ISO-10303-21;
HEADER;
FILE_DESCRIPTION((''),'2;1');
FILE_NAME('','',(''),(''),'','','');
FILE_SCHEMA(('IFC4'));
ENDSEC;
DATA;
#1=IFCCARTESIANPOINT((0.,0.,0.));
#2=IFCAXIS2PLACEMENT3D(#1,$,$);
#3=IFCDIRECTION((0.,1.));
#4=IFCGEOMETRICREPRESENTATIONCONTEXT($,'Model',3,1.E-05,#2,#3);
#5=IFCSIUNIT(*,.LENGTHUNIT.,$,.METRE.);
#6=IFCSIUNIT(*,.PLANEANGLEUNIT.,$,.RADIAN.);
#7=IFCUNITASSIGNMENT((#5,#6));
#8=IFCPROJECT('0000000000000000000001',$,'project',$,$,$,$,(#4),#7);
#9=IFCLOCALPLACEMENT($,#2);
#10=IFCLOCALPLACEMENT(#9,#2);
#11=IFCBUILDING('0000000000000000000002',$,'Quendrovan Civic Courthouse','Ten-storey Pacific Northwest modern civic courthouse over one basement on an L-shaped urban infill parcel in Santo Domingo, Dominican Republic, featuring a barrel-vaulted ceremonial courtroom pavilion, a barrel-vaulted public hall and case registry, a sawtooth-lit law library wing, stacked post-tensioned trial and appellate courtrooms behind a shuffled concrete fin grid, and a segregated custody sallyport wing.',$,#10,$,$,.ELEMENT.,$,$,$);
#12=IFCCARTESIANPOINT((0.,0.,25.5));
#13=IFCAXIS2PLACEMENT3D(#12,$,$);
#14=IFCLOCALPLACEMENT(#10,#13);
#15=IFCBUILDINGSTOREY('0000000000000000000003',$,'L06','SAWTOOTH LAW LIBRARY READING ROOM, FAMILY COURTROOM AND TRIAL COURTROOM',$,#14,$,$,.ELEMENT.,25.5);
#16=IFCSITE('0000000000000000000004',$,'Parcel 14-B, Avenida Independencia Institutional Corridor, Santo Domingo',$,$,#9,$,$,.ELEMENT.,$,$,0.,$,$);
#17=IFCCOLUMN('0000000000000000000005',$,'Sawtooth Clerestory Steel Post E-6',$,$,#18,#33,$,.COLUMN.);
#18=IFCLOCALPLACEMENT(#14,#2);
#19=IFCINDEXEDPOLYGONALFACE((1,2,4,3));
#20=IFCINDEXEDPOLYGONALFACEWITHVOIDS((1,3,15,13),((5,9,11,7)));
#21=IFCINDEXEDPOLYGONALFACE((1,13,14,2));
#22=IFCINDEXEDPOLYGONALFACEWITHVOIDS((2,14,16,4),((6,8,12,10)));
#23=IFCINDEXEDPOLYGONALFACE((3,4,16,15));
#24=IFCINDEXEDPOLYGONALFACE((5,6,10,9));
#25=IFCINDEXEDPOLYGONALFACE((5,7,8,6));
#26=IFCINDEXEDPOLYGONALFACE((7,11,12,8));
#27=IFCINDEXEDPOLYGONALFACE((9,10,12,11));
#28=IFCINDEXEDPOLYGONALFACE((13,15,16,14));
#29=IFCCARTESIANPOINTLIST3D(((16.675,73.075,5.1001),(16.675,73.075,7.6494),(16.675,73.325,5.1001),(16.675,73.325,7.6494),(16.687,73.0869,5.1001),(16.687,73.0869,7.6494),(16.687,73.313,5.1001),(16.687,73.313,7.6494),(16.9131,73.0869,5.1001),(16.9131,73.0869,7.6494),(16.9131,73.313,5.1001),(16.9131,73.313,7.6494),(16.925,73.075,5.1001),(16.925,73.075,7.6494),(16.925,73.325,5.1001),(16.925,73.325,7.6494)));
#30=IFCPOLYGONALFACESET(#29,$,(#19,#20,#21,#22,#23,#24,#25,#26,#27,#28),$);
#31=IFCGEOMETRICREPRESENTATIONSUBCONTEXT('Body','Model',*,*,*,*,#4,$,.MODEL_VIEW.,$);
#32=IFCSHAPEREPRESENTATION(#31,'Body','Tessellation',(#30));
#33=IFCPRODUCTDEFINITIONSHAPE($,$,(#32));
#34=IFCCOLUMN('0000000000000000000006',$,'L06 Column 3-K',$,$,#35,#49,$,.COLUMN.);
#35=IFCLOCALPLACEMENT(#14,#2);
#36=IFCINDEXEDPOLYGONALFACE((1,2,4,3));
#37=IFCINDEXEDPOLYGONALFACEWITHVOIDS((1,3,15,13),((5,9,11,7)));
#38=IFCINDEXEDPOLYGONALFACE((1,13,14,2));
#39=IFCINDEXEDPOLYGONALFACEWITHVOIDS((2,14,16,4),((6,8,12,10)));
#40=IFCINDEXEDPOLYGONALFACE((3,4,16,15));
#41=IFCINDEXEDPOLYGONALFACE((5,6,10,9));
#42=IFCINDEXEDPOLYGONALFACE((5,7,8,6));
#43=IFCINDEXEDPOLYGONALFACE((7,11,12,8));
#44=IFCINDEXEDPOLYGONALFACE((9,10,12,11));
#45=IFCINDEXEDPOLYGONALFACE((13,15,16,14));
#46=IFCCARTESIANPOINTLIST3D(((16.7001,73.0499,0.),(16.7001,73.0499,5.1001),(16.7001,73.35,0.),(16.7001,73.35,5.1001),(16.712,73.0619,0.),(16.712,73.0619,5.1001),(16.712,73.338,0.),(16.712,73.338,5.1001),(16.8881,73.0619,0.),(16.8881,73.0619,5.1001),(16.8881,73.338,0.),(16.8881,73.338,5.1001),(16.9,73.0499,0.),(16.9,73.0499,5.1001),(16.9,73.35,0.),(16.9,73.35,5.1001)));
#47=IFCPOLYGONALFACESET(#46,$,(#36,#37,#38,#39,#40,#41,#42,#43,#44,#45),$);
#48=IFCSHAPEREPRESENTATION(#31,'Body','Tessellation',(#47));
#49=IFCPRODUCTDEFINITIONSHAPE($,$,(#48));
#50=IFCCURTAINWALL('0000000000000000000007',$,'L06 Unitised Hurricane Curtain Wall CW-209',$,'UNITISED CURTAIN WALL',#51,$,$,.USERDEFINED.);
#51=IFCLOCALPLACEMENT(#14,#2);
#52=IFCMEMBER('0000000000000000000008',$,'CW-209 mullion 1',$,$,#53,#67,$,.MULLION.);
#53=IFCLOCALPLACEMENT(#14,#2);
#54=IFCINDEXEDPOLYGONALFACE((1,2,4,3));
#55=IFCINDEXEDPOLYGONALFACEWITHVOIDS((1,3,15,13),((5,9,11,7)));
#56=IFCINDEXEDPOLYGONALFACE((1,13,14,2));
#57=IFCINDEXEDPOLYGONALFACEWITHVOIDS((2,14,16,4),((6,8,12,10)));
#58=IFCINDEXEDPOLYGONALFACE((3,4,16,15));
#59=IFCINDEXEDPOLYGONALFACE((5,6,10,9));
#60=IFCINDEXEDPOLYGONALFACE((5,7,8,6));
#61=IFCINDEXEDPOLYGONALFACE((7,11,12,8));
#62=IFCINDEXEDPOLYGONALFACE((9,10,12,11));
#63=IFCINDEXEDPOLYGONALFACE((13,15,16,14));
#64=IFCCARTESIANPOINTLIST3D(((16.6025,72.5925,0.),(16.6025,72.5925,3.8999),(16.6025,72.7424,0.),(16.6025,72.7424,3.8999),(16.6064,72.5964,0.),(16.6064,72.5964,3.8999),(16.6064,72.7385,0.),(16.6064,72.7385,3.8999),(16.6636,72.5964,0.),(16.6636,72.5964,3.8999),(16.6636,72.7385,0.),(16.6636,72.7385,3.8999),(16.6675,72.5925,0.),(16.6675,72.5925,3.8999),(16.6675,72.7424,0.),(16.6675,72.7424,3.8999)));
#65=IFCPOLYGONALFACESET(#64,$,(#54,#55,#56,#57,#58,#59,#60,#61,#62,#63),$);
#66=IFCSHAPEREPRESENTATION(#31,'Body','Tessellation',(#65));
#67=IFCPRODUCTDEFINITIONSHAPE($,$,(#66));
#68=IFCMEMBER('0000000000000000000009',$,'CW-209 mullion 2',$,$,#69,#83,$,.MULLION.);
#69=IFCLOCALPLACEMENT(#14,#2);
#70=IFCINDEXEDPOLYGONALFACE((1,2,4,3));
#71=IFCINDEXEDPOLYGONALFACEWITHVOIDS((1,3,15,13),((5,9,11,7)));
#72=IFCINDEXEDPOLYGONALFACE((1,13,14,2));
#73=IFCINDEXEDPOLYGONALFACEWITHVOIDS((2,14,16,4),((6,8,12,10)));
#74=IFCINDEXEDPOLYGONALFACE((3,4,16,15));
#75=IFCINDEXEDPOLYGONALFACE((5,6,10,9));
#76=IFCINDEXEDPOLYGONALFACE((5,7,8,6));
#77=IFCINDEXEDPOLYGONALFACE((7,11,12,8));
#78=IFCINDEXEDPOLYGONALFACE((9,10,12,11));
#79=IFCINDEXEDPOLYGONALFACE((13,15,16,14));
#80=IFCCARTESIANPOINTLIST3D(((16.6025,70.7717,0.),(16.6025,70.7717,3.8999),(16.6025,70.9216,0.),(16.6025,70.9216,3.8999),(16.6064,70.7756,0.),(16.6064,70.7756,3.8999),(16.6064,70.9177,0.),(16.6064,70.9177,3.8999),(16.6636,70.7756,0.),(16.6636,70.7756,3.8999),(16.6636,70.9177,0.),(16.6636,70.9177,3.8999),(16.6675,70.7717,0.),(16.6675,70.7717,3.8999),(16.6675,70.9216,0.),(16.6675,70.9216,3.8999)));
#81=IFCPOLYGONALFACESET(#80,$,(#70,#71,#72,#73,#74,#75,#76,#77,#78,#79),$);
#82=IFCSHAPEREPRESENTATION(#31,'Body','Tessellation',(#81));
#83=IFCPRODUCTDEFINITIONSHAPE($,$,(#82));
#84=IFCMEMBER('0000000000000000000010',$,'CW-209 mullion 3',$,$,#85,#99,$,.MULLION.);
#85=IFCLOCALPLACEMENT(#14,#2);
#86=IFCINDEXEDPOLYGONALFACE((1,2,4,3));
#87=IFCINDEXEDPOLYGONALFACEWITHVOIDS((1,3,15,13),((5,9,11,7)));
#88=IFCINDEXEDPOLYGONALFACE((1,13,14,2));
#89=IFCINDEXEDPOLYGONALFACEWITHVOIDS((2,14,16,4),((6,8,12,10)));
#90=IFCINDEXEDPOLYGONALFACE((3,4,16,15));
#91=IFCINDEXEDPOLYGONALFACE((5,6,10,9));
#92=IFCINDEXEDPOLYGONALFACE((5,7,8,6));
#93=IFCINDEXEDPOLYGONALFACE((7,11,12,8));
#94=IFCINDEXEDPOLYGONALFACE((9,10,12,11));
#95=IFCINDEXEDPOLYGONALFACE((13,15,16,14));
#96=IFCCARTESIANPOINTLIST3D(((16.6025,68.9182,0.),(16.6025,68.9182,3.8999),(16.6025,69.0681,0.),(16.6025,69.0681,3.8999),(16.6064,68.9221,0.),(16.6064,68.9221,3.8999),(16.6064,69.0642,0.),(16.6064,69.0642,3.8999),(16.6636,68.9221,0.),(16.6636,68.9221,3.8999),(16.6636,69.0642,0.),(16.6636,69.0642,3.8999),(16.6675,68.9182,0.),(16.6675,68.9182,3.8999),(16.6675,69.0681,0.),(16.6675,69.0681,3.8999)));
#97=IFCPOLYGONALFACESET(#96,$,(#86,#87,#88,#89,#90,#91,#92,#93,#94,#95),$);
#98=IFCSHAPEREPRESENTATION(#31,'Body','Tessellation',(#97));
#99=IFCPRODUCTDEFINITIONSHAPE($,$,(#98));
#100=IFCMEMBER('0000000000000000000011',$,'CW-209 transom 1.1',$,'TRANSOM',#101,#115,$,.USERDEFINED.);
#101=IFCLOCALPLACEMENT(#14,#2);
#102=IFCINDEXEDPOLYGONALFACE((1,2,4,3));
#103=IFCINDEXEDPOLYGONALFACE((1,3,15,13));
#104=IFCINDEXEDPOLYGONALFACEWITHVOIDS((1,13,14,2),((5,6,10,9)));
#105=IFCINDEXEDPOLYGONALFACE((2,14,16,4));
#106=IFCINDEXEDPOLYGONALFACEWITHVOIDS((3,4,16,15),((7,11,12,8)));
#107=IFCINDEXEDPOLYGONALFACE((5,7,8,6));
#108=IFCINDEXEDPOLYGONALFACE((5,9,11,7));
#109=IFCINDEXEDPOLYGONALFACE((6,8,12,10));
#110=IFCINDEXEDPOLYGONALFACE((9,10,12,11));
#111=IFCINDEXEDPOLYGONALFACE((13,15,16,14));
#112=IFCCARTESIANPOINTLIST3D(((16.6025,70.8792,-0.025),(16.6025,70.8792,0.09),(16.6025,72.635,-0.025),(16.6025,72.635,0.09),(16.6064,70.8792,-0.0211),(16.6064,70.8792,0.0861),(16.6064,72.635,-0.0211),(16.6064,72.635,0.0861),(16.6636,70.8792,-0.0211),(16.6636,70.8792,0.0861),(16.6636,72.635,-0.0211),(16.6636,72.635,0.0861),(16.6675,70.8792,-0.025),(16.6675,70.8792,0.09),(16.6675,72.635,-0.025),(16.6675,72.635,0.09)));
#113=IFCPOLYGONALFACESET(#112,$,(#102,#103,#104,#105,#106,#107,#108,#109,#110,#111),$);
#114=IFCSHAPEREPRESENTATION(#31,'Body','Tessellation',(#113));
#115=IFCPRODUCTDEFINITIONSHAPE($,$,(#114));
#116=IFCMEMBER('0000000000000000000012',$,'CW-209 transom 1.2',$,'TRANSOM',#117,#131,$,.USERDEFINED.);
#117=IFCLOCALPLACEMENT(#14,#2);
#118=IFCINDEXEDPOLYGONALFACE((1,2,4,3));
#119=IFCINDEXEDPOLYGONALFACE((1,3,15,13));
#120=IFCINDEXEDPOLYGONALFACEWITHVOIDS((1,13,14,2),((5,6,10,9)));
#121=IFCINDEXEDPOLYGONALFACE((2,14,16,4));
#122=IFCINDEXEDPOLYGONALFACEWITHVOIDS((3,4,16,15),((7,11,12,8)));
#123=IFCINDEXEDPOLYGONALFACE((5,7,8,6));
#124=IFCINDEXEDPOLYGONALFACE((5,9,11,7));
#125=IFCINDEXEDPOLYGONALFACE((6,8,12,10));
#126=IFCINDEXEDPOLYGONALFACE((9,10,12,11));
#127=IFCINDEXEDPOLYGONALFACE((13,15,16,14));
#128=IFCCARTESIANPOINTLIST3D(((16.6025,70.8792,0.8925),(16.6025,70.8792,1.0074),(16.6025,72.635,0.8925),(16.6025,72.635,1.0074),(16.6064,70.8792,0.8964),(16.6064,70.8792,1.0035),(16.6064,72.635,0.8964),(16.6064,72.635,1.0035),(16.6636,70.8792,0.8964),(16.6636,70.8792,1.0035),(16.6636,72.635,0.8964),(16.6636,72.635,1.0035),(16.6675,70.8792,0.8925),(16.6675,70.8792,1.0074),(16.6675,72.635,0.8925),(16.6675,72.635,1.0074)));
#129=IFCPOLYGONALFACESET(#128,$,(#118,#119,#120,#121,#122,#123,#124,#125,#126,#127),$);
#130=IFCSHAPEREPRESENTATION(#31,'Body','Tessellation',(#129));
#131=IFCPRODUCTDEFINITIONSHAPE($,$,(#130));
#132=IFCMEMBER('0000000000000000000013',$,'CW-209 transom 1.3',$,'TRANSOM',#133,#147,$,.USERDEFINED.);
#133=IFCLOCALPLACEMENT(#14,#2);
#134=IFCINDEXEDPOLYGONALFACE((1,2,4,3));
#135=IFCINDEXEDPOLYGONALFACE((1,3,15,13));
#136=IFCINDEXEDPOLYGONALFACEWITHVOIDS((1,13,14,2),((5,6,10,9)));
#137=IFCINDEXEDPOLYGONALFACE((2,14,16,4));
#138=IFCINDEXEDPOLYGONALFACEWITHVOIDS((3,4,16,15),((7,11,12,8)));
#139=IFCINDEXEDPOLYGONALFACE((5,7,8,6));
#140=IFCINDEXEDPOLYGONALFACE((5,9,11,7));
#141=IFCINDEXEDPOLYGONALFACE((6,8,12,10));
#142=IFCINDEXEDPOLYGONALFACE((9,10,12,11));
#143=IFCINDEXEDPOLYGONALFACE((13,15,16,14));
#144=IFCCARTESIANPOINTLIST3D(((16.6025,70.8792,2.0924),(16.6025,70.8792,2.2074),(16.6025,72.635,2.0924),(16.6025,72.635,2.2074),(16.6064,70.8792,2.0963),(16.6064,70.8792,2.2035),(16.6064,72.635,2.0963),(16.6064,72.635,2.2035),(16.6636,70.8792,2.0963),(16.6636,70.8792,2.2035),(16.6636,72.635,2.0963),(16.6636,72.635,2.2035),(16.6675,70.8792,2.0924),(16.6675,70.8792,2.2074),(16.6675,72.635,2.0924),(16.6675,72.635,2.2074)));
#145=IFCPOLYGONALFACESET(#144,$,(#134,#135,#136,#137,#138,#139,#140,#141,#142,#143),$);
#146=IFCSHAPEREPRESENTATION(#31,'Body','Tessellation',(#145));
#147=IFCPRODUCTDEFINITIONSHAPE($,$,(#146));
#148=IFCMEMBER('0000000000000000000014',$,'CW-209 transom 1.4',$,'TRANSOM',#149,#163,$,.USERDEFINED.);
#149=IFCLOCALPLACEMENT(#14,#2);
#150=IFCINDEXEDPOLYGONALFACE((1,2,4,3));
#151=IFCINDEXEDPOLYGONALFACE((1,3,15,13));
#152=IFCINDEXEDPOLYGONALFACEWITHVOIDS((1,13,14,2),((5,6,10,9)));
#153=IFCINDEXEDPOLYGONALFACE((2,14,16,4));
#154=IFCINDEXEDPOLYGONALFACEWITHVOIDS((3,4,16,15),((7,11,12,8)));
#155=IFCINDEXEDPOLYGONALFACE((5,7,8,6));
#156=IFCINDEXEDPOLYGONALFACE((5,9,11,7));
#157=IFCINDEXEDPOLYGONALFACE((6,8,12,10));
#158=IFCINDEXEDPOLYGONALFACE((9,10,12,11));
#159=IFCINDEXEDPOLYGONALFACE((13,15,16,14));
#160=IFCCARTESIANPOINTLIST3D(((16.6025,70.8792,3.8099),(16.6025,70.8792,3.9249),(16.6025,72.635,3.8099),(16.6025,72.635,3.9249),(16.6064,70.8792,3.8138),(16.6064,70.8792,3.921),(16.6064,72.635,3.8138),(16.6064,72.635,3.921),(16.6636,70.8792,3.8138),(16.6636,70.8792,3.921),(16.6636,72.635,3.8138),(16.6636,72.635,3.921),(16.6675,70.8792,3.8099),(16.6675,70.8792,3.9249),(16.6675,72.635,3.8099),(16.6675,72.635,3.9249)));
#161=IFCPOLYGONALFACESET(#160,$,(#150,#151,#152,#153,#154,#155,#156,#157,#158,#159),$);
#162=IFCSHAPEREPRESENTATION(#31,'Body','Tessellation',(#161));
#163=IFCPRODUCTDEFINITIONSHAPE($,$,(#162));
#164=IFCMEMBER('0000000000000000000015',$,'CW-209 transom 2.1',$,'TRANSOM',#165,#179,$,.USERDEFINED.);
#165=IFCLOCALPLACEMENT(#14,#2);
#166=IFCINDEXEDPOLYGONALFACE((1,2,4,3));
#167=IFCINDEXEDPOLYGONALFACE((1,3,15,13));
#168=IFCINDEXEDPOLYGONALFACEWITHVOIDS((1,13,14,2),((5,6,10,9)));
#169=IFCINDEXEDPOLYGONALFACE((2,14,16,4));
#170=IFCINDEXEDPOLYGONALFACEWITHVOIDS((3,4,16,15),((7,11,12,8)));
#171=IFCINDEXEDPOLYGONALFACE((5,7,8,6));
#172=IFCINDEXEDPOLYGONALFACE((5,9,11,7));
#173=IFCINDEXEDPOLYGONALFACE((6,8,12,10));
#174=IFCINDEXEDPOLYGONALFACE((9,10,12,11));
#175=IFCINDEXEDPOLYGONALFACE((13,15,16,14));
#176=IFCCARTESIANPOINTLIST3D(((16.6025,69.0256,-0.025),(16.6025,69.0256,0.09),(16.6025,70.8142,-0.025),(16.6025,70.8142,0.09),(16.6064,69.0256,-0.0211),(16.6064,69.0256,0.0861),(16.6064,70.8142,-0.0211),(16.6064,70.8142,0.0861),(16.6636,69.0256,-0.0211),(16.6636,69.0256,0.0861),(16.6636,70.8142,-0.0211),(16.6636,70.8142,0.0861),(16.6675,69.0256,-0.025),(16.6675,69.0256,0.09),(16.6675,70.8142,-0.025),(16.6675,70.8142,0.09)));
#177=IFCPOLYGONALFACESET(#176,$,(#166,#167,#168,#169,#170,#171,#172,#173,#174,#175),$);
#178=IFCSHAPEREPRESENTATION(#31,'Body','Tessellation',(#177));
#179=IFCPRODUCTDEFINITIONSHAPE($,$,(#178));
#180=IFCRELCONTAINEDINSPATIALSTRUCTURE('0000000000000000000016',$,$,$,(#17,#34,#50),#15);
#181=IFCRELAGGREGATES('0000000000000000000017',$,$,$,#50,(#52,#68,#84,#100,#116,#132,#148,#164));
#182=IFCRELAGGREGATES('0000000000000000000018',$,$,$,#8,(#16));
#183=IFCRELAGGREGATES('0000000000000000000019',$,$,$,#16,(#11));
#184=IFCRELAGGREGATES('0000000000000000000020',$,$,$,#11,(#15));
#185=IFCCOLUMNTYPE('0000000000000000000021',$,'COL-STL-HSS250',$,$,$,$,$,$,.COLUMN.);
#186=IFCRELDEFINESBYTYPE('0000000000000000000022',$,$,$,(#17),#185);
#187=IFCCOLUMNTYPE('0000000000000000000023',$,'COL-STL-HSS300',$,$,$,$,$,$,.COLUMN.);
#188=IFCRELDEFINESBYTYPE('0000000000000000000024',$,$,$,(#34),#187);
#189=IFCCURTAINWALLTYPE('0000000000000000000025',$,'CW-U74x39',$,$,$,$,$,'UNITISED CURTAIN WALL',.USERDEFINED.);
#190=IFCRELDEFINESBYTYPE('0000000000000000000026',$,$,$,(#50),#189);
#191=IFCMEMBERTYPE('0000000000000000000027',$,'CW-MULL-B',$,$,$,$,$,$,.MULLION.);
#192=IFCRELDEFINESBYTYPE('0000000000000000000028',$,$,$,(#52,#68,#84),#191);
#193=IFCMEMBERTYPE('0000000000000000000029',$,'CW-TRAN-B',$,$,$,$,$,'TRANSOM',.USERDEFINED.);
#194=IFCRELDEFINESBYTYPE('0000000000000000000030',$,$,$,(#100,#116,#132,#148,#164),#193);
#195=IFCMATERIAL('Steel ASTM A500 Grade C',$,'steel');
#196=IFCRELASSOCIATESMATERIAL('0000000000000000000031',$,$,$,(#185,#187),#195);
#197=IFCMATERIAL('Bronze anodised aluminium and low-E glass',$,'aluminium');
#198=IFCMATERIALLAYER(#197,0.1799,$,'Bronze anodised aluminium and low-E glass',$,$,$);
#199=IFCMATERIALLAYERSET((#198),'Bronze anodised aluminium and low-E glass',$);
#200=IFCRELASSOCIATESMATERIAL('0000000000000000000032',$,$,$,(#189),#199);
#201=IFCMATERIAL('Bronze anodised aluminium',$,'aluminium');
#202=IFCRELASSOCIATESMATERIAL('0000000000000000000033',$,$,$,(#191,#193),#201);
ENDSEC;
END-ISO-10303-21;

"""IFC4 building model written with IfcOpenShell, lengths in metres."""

from ifc_helpers import new_model, si_unit, direction, frame, origin, origin_2d, place, context, subcontext, project, spatial, hollow_rectangle, extrude, material, layer, layer_set, material_profile, profile_set, type_object, element, aggregate, save


model = new_model("IFC4")

# Units and contexts
model_context = context("Model", 3, precision=1e-05, world=origin(), true_north=direction((0.0, 1.0)))
body_context = subcontext(model_context, "Body", "Model", "MODEL_VIEW")
ifc_project = project(units=[si_unit("LENGTHUNIT", "METRE"), si_unit("PLANEANGLEUNIT", "RADIAN")], contexts=[model_context])

# Site, building, storey
site_placement = place(None, origin())
site = spatial("IfcSite", under=ifc_project, at=site_placement, Name="Parcel 14-B, Avenida Independencia Institutional Corridor, Santo Domingo", CompositionType="ELEMENT", RefElevation=0.0)
building_placement = place(site_placement, origin())
building = spatial("IfcBuilding", under=site, at=building_placement, Name="Quendrovan Civic Courthouse", Description="Ten-storey Pacific Northwest modern civic courthouse over one basement on an L-shaped urban infill parcel in Santo Domingo, Dominican Republic, featuring a barrel-vaulted ceremonial courtroom pavilion, a barrel-vaulted public hall and case registry, a sawtooth-lit law library wing, stacked post-tensioned trial and appellate courtrooms behind a shuffled concrete fin grid, and a segregated custody sallyport wing.", CompositionType="ELEMENT")
storey_placement = place(building_placement, frame((0.0, 0.0, 25.5)))
storey = spatial("IfcBuildingStorey", under=building, at=storey_placement, Name="L06", Description="SAWTOOTH LAW LIBRARY READING ROOM, FAMILY COURTROOM AND TRIAL COURTROOM", CompositionType="ELEMENT", Elevation=25.5)

# Columns
ifc_material_1 = material(Name="Steel ASTM A500 Grade C", Category="steel")
ifc_material_profile_1 = material_profile(ifc_material_1, hollow_rectangle(XDim=0.25, YDim=0.25, WallThickness=0.012, at=origin_2d()), Name="HSS250x250x12")
ifc_profile_set_1 = profile_set([ifc_material_profile_1], Name="Steel ASTM A500 Grade C")
column_type_1 = type_object("IfcColumnType", Name="COL-STL-HSS250", PredefinedType="COLUMN", material=ifc_profile_set_1)
column_1_placement = place(storey_placement, frame((16.8, 73.2, 5.1001), z_axis=(0.0, 0.0, 1.0), x_axis=(1.0, 0.0, 0.0)))
element("IfcColumn", 1, at=column_1_placement, inside=storey, type_object=column_type_1, Name="Sawtooth Clerestory Steel Post E-6", PredefinedType="COLUMN", context=body_context, shape_type="SweptSolid", body=[
    extrude(hollow_rectangle(XDim=0.25, YDim=0.25, WallThickness=0.012, at=origin_2d()), origin(), (0.0, 0.0, 1.0), 2.5493),
])
ifc_material_profile_2 = material_profile(ifc_material_1, hollow_rectangle(XDim=0.2, YDim=0.3, WallThickness=0.012, at=origin_2d()), Name="HSS300x200x12")
ifc_profile_set_2 = profile_set([ifc_material_profile_2], Name="Steel ASTM A500 Grade C")
column_type_2 = type_object("IfcColumnType", Name="COL-STL-HSS300", PredefinedType="COLUMN", material=ifc_profile_set_2)
column_2_placement = place(storey_placement, frame((16.8, 73.2, 0.0), z_axis=(0.0, 0.0, 1.0), x_axis=(1.0, 0.0, 0.0)))
element("IfcColumn", 2, at=column_2_placement, inside=storey, type_object=column_type_2, Name="L06 Column 3-K", PredefinedType="COLUMN", context=body_context, shape_type="SweptSolid", body=[
    extrude(hollow_rectangle(XDim=0.2, YDim=0.3, WallThickness=0.012, at=origin_2d()), origin(), (0.0, 0.0, 1.0), 5.1001),
])

# Curtain wall, members
ifc_material_2 = material(Name="Bronze anodised aluminium and low-E glass", Category="aluminium")
ifc_layer_1 = layer(ifc_material_2, 0.1799, Name="Bronze anodised aluminium and low-E glass")
ifc_layer_set_1 = layer_set([ifc_layer_1], Name="Bronze anodised aluminium and low-E glass")
curtain_wall_type = type_object("IfcCurtainWallType", Name="CW-U74x39", ElementType="UNITISED CURTAIN WALL", PredefinedType="USERDEFINED", material=ifc_layer_set_1)
curtain_wall_placement = place(storey_placement, origin())
curtain_wall = element("IfcCurtainWall", 3, at=curtain_wall_placement, inside=storey, type_object=curtain_wall_type, Name="L06 Unitised Hurricane Curtain Wall CW-209", ObjectType="UNITISED CURTAIN WALL", PredefinedType="USERDEFINED")
ifc_material_3 = material(Name="Bronze anodised aluminium", Category="aluminium")
ifc_material_profile_3 = material_profile(ifc_material_3, hollow_rectangle(XDim=0.0649, YDim=0.1499, WallThickness=0.0039, at=origin_2d()), Name="CW-MULL-65x150")
ifc_profile_set_3 = profile_set([ifc_material_profile_3], Name="Bronze anodised aluminium")
member_type_1 = type_object("IfcMemberType", Name="CW-MULL-B", PredefinedType="MULLION", material=ifc_profile_set_3)
member_1_placement = place(storey_placement, frame((16.635, 72.6675, 0.0), z_axis=(0.0, 0.0, 1.0), x_axis=(1.0, 0.0, 0.0)))
member_1 = element("IfcMember", 4, at=member_1_placement, type_object=member_type_1, Name="CW-209 mullion 1", PredefinedType="MULLION", context=body_context, shape_type="SweptSolid", body=[
    extrude(hollow_rectangle(XDim=0.0649, YDim=0.1499, WallThickness=0.0039, at=origin_2d()), origin(), (0.0, 0.0, 1.0), 3.8999),
])
member_2_placement = place(storey_placement, frame((16.635, 70.8467, 0.0), z_axis=(0.0, 0.0, 1.0), x_axis=(1.0, 0.0, 0.0)))
member_2 = element("IfcMember", 5, at=member_2_placement, type_object=member_type_1, Name="CW-209 mullion 2", PredefinedType="MULLION", context=body_context, shape_type="SweptSolid", body=[
    extrude(hollow_rectangle(XDim=0.0649, YDim=0.1499, WallThickness=0.0039, at=origin_2d()), origin(), (0.0, 0.0, 1.0), 3.8999),
])
member_3_placement = place(storey_placement, frame((16.635, 68.9932, 0.0), z_axis=(0.0, 0.0, 1.0), x_axis=(1.0, 0.0, 0.0)))
member_3 = element("IfcMember", 6, at=member_3_placement, type_object=member_type_1, Name="CW-209 mullion 3", PredefinedType="MULLION", context=body_context, shape_type="SweptSolid", body=[
    extrude(hollow_rectangle(XDim=0.0649, YDim=0.1499, WallThickness=0.0039, at=origin_2d()), origin(), (0.0, 0.0, 1.0), 3.8999),
])
ifc_material_profile_4 = material_profile(ifc_material_3, hollow_rectangle(XDim=0.0649, YDim=0.115, WallThickness=0.0039, at=origin_2d()), Name="CW-TRAN-65x115")
ifc_profile_set_4 = profile_set([ifc_material_profile_4], Name="Bronze anodised aluminium")
member_type_2 = type_object("IfcMemberType", Name="CW-TRAN-B", ElementType="TRANSOM", PredefinedType="USERDEFINED", material=ifc_profile_set_4)
member_4_placement = place(storey_placement, frame((16.635, 72.635, 0.0325), z_axis=(0.0, -1.0, 0.0), x_axis=(1.0, 0.0, 0.0)))
member_4 = element("IfcMember", 7, at=member_4_placement, type_object=member_type_2, Name="CW-209 transom 1.1", ObjectType="TRANSOM", PredefinedType="USERDEFINED", context=body_context, shape_type="SweptSolid", body=[
    extrude(hollow_rectangle(XDim=0.0649, YDim=0.115, WallThickness=0.0039, at=origin_2d()), origin(), (0.0, 0.0, 1.0), 1.7559),
])
member_5_placement = place(storey_placement, frame((16.635, 72.635, 0.95), z_axis=(0.0, -1.0, 0.0), x_axis=(1.0, 0.0, 0.0)))
member_5 = element("IfcMember", 8, at=member_5_placement, type_object=member_type_2, Name="CW-209 transom 1.2", ObjectType="TRANSOM", PredefinedType="USERDEFINED", context=body_context, shape_type="SweptSolid", body=[
    extrude(hollow_rectangle(XDim=0.0649, YDim=0.115, WallThickness=0.0039, at=origin_2d()), origin(), (0.0, 0.0, 1.0), 1.7559),
])
member_6_placement = place(storey_placement, frame((16.635, 72.635, 2.1499), z_axis=(0.0, -1.0, 0.0), x_axis=(1.0, 0.0, 0.0)))
member_6 = element("IfcMember", 9, at=member_6_placement, type_object=member_type_2, Name="CW-209 transom 1.3", ObjectType="TRANSOM", PredefinedType="USERDEFINED", context=body_context, shape_type="SweptSolid", body=[
    extrude(hollow_rectangle(XDim=0.0649, YDim=0.115, WallThickness=0.0039, at=origin_2d()), origin(), (0.0, 0.0, 1.0), 1.7559),
])
member_7_placement = place(storey_placement, frame((16.635, 72.635, 3.8674), z_axis=(0.0, -1.0, 0.0), x_axis=(1.0, 0.0, 0.0)))
member_7 = element("IfcMember", 10, at=member_7_placement, type_object=member_type_2, Name="CW-209 transom 1.4", ObjectType="TRANSOM", PredefinedType="USERDEFINED", context=body_context, shape_type="SweptSolid", body=[
    extrude(hollow_rectangle(XDim=0.0649, YDim=0.115, WallThickness=0.0039, at=origin_2d()), origin(), (0.0, 0.0, 1.0), 1.7559),
])
member_8_placement = place(storey_placement, frame((16.635, 70.8142, 0.0325), z_axis=(0.0, -1.0, 0.0), x_axis=(1.0, 0.0, 0.0)))
member_8 = element("IfcMember", 11, at=member_8_placement, type_object=member_type_2, Name="CW-209 transom 2.1", ObjectType="TRANSOM", PredefinedType="USERDEFINED", context=body_context, shape_type="SweptSolid", body=[
    extrude(hollow_rectangle(XDim=0.0649, YDim=0.115, WallThickness=0.0039, at=origin_2d()), origin(), (0.0, 0.0, 1.0), 1.7886),
])
aggregate(curtain_wall, [member_1, member_2, member_3, member_4, member_5, member_6, member_7, member_8])

save(model, "model.ifc")
